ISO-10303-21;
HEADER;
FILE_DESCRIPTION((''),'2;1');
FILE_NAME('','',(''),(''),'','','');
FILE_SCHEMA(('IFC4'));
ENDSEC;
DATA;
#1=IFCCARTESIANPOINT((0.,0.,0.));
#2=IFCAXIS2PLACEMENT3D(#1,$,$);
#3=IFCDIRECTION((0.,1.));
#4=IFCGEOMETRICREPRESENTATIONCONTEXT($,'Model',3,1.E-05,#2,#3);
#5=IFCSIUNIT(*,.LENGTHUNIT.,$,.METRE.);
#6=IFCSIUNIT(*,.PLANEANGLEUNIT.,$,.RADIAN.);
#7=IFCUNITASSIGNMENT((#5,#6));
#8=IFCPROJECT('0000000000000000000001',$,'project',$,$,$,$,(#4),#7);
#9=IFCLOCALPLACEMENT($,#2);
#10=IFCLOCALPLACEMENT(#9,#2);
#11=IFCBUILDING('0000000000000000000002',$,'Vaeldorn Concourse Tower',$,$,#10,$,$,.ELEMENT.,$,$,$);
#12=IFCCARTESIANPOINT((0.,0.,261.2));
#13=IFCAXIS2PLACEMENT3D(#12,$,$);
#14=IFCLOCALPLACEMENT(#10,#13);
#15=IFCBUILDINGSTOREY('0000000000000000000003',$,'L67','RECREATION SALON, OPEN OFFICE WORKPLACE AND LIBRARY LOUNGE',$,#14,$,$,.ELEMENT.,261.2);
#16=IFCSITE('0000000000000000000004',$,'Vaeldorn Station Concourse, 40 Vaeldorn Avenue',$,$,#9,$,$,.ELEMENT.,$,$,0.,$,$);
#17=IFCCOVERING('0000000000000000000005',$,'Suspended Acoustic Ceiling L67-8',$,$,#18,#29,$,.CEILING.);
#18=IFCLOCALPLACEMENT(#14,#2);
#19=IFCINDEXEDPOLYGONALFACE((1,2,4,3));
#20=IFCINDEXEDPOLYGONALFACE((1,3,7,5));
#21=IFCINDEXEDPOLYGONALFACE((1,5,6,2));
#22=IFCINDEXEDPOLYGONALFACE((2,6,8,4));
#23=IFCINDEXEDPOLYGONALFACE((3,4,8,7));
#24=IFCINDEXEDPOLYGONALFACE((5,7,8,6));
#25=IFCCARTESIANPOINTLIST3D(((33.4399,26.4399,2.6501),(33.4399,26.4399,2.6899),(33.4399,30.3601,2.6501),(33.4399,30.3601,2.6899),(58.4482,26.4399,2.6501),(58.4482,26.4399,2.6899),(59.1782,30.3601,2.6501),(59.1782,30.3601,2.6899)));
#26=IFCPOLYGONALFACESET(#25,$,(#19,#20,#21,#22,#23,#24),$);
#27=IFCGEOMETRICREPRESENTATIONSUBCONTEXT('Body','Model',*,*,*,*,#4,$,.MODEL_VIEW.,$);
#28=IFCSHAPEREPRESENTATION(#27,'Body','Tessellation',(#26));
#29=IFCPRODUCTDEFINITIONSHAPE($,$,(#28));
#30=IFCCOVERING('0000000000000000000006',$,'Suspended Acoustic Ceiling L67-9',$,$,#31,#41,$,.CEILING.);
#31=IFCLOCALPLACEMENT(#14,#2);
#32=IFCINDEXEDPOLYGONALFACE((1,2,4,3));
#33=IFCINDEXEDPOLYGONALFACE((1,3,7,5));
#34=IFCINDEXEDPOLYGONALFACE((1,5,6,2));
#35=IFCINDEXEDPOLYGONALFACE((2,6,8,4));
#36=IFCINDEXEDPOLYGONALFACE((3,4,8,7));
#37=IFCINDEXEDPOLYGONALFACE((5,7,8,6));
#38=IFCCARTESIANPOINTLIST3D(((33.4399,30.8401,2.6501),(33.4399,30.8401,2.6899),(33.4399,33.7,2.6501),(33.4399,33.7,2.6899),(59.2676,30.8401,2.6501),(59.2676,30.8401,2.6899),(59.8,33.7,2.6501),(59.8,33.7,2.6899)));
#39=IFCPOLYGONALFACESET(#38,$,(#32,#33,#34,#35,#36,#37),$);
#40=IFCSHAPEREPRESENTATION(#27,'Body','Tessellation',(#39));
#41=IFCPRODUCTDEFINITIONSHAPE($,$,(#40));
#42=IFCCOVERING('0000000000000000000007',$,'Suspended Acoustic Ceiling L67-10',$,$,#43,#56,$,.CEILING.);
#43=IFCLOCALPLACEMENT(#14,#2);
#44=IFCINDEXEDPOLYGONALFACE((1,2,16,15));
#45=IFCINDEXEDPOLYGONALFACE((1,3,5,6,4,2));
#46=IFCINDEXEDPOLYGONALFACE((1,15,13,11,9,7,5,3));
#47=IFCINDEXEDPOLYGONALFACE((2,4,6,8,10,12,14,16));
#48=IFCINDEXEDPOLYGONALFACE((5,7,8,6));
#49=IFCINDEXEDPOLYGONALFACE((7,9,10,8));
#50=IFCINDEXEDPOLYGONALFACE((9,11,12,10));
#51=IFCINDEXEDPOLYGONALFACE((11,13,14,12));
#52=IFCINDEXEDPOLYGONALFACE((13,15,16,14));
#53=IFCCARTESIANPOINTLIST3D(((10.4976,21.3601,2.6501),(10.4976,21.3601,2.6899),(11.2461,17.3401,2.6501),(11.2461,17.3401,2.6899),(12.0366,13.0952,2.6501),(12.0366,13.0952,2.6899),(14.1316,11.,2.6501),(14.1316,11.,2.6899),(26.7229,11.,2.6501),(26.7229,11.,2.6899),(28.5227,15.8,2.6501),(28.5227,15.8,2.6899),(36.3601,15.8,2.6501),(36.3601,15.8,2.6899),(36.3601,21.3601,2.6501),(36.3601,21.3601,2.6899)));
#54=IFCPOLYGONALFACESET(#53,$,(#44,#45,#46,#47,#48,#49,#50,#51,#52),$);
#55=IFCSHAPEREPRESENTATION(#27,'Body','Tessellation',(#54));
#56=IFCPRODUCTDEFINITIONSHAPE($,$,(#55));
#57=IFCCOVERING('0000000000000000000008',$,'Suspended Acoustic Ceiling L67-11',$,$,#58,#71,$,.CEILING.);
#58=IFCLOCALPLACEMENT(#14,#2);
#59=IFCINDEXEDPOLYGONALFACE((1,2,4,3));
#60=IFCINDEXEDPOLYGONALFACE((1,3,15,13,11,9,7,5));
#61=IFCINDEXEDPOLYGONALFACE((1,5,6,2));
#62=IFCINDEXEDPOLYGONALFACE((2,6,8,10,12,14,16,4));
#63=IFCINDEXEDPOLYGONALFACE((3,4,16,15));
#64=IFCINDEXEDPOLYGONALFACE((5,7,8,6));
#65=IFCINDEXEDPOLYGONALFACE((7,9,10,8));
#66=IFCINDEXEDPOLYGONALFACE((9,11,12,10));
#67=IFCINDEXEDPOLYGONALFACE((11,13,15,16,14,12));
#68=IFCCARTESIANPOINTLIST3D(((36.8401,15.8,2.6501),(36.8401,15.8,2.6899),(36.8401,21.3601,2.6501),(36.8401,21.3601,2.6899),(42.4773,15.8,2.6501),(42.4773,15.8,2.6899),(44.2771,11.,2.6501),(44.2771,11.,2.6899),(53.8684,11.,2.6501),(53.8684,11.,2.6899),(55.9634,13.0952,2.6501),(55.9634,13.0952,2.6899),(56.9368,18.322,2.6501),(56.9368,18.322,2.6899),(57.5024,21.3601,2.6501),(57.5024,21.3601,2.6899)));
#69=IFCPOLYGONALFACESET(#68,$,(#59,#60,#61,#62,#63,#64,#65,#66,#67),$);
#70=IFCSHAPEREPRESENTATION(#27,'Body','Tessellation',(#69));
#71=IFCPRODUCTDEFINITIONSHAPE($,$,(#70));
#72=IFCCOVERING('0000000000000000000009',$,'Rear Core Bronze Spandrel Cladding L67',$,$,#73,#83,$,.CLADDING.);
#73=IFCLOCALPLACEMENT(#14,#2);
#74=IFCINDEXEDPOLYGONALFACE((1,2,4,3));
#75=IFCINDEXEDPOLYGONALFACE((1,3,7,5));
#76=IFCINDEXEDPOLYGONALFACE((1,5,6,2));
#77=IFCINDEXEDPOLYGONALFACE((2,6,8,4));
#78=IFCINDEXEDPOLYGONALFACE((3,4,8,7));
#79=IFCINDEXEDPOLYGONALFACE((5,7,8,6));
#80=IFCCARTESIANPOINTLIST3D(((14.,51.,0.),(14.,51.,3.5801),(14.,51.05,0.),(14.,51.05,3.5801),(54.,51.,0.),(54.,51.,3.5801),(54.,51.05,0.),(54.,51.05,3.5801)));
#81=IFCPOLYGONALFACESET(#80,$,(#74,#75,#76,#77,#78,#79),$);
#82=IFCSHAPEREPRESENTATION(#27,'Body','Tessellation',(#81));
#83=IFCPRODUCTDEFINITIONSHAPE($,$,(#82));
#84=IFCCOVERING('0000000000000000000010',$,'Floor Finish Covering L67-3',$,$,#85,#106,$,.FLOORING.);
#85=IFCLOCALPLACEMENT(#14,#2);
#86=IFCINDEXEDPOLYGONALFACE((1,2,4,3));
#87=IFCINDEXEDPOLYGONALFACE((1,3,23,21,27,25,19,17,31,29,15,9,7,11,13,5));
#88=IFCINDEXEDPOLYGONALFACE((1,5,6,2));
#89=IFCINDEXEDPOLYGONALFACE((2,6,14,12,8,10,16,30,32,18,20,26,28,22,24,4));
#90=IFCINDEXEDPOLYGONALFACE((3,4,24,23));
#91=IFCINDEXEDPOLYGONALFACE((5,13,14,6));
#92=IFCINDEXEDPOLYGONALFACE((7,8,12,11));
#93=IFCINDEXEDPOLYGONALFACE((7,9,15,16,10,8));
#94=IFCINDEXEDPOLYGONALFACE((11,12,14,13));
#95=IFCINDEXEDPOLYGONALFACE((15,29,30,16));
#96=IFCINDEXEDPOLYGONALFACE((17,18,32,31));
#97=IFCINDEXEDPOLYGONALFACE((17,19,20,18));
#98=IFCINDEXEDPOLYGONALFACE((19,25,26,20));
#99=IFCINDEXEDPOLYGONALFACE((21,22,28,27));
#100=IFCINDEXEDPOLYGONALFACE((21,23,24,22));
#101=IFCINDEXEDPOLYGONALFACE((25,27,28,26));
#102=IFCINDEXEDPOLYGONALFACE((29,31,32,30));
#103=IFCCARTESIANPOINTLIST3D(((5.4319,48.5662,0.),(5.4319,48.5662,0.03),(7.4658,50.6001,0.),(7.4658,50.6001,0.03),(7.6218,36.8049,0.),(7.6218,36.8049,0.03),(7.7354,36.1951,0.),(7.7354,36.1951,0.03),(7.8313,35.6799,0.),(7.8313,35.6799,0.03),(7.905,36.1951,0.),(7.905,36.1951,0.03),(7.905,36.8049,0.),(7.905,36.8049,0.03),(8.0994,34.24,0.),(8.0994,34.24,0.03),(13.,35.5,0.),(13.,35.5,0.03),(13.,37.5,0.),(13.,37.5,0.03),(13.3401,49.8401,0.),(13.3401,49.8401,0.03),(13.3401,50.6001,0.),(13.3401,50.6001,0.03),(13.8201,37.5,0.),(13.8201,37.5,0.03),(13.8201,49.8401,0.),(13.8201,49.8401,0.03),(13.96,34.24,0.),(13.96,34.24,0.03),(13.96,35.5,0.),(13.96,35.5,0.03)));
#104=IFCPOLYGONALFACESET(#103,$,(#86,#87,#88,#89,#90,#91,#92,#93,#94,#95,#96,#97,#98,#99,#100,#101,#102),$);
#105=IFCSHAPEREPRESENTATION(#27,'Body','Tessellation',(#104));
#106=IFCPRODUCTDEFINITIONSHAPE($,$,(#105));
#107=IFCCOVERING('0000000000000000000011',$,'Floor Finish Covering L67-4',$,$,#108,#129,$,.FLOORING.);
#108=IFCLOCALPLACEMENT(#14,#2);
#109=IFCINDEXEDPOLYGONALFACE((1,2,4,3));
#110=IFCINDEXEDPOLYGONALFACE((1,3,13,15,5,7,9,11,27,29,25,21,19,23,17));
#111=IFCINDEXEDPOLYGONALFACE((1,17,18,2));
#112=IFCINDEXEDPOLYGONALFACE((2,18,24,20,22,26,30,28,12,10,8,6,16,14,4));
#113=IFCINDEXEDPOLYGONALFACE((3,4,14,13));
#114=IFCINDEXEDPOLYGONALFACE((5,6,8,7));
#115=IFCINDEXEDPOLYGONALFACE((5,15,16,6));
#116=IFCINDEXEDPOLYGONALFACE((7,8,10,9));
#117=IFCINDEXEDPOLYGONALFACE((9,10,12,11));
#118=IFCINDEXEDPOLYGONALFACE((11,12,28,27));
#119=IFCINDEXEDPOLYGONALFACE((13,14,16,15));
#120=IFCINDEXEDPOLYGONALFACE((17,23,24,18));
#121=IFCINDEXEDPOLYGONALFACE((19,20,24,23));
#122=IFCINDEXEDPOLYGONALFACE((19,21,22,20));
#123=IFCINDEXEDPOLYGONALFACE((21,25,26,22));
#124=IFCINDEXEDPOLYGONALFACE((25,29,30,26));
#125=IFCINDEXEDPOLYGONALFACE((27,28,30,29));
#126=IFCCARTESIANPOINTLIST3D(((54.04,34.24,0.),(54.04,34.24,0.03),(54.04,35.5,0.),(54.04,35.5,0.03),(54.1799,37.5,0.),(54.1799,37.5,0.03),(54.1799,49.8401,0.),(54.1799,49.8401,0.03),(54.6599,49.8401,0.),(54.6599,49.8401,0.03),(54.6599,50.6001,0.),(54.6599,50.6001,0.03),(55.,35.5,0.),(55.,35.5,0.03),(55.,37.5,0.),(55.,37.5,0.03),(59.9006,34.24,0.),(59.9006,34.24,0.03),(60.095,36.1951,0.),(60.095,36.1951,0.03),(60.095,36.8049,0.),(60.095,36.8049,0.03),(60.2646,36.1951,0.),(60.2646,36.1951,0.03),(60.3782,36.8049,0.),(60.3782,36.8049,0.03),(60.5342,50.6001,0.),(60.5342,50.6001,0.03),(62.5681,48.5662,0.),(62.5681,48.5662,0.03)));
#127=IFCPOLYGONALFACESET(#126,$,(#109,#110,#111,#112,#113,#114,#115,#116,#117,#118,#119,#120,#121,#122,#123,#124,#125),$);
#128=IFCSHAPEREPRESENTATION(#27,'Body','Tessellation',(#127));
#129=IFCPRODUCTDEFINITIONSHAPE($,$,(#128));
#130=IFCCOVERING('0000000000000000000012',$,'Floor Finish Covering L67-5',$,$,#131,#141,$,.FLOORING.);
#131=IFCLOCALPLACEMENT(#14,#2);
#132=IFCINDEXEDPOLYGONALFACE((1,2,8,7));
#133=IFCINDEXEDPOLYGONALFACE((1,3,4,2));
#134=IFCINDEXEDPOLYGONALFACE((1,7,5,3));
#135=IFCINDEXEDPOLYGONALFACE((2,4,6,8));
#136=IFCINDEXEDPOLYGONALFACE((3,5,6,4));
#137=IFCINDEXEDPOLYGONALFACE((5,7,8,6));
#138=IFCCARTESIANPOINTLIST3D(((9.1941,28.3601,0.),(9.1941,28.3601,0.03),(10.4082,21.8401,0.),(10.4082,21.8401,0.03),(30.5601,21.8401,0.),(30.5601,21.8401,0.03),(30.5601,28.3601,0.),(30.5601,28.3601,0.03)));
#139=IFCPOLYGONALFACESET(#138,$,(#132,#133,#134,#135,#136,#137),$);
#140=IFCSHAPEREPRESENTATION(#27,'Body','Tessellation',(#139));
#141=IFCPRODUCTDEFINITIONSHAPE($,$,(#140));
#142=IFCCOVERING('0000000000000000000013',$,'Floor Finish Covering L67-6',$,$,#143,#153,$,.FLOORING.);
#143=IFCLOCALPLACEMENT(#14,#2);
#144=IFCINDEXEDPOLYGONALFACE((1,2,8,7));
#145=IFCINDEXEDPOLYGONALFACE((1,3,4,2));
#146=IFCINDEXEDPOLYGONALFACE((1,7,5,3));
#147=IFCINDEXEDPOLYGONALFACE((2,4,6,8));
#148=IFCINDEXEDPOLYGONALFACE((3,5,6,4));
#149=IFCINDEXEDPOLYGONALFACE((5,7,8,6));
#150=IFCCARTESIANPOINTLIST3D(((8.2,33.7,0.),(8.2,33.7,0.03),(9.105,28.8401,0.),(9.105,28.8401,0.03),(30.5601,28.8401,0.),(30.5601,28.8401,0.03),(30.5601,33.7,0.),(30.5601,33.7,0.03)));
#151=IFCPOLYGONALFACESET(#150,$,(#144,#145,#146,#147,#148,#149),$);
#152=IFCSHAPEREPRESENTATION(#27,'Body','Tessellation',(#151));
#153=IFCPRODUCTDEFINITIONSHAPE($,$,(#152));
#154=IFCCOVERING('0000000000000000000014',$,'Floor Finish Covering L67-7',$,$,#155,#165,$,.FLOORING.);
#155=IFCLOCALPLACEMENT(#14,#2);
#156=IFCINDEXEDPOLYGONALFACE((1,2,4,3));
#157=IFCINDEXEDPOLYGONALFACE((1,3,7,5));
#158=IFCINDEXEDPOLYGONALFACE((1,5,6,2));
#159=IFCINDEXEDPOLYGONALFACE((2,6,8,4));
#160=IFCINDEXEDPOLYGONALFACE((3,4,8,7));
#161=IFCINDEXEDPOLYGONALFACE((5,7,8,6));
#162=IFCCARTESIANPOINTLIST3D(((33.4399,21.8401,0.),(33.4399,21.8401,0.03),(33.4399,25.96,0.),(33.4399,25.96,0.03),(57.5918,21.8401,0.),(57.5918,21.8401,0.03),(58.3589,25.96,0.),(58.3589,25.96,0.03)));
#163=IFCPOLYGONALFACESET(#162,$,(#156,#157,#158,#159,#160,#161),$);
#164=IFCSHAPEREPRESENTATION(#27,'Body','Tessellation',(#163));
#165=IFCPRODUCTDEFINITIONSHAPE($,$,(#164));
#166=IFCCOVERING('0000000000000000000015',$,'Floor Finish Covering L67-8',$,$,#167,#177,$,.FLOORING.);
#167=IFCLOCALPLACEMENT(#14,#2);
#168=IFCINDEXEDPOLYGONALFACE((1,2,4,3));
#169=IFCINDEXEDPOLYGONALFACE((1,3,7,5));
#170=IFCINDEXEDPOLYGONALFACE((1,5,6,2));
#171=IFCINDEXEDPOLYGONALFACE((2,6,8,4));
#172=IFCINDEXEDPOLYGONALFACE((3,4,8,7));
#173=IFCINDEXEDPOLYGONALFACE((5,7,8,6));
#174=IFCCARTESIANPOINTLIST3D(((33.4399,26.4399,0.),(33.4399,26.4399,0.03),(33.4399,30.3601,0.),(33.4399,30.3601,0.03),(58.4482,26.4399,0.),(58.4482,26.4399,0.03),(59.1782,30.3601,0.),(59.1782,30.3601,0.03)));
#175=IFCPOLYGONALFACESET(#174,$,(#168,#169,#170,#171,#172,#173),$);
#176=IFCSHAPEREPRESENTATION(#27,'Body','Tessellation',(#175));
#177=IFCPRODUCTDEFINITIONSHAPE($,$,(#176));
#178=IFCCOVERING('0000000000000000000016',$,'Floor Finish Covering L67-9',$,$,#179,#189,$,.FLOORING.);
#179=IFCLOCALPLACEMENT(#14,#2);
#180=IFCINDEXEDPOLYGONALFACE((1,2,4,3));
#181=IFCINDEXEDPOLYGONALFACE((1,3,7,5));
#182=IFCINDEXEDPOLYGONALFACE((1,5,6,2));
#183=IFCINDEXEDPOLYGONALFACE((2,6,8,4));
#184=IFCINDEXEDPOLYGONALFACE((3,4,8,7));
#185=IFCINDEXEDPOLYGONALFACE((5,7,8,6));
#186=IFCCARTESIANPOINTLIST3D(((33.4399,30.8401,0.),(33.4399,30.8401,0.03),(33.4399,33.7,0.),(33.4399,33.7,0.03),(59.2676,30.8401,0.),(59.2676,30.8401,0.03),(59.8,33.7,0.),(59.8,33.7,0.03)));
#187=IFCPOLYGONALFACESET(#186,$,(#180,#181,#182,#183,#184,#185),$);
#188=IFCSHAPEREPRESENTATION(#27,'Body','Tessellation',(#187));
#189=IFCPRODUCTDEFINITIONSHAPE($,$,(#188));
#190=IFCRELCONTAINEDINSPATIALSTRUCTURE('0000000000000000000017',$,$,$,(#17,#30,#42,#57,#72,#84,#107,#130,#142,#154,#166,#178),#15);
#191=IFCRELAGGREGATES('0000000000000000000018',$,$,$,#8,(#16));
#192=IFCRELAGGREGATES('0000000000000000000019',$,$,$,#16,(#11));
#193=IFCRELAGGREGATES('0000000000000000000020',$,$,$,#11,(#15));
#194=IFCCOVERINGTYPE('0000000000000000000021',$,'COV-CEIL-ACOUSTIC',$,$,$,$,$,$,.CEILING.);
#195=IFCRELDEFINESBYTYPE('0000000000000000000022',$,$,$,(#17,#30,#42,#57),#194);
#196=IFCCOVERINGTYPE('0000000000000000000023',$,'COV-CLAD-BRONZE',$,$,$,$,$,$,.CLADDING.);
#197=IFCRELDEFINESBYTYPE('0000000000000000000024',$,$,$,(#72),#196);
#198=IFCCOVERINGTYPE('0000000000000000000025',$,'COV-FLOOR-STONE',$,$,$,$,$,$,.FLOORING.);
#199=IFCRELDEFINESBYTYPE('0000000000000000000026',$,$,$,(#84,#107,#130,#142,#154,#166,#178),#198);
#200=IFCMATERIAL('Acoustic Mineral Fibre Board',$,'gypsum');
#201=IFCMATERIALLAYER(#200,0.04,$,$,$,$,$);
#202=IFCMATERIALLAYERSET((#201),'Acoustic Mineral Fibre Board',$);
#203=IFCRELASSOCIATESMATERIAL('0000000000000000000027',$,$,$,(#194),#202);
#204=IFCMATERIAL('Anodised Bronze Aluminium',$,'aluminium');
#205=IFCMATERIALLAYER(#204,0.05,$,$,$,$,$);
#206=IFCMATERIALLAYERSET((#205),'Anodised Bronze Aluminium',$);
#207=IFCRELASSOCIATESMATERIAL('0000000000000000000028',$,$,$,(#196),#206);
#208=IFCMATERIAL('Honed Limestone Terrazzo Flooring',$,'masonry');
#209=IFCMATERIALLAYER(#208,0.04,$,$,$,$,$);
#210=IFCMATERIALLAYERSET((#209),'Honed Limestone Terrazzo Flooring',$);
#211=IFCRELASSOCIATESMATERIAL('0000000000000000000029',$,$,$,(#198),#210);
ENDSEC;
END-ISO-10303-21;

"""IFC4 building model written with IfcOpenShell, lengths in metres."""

from ifc_helpers import new_model, si_unit, direction, frame, origin, place, context, subcontext, project, spatial, polyline, outline, extrude, material, layer, layer_set, type_object, element, save


model = new_model("IFC4")

# Units and contexts
model_context = context("Model", 3, precision=1e-05, world=origin(), true_north=direction((0.0, 1.0)))
body_context = subcontext(model_context, "Body", "Model", "MODEL_VIEW")
ifc_project = project(units=[si_unit("LENGTHUNIT", "METRE"), si_unit("PLANEANGLEUNIT", "RADIAN")], contexts=[model_context])

# Site, building, storey
site_placement = place(None, origin())
site = spatial("IfcSite", under=ifc_project, at=site_placement, Name="Vaeldorn Station Concourse, 40 Vaeldorn Avenue", CompositionType="ELEMENT", RefElevation=0.0)
building_placement = place(site_placement, origin())
building = spatial("IfcBuilding", under=site, at=building_placement, Name="Vaeldorn Concourse Tower", CompositionType="ELEMENT")
storey_placement = place(building_placement, frame((0.0, 0.0, 261.2)))
storey = spatial("IfcBuildingStorey", under=building, at=storey_placement, Name="L67", Description="RECREATION SALON, OPEN OFFICE WORKPLACE AND LIBRARY LOUNGE", CompositionType="ELEMENT", Elevation=261.2)

# Coverings
ifc_material_1 = material(Name="Acoustic Mineral Fibre Board", Category="gypsum")
ifc_layer_1 = layer(ifc_material_1, 0.04)
ifc_layer_set_1 = layer_set([ifc_layer_1], Name="Acoustic Mineral Fibre Board")
covering_type_1 = type_object("IfcCoveringType", Name="COV-CEIL-ACOUSTIC", PredefinedType="CEILING", material=ifc_layer_set_1)
covering_1_placement = place(storey_placement, frame((0.0, 0.0, 2.6501)))
element("IfcCovering", 1, at=covering_1_placement, inside=storey, type_object=covering_type_1, Name="Suspended Acoustic Ceiling L67-8", PredefinedType="CEILING", context=body_context, shape_type="SweptSolid", body=[
    extrude(outline(polyline([(33.4399, 26.4399), (33.4399, 30.3601), (59.1782, 30.3601), (58.4482, 26.4399), (33.4399, 26.4399)])), origin(), (0.0, 0.0, 1.0), 0.0398),
])
covering_2_placement = place(storey_placement, frame((0.0, 0.0, 2.6501)))
element("IfcCovering", 2, at=covering_2_placement, inside=storey, type_object=covering_type_1, Name="Suspended Acoustic Ceiling L67-9", PredefinedType="CEILING", context=body_context, shape_type="SweptSolid", body=[
    extrude(outline(polyline([(33.4399, 30.8401), (33.4399, 33.7), (59.8, 33.7), (59.2676, 30.8401), (33.4399, 30.8401)])), origin(), (0.0, 0.0, 1.0), 0.0398),
])
covering_3_placement = place(storey_placement, frame((0.0, 0.0, 2.6501)))
element("IfcCovering", 3, at=covering_3_placement, inside=storey, type_object=covering_type_1, Name="Suspended Acoustic Ceiling L67-10", PredefinedType="CEILING", context=body_context, shape_type="SweptSolid", body=[
    extrude(outline(polyline([(36.3601, 21.3601), (36.3601, 15.8), (28.5227, 15.8), (26.7229, 11.0), (14.1316, 11.0), (12.0366, 13.0952), (11.2461, 17.3401), (11.2461, 17.3401), (10.4976, 21.3601), (36.3601, 21.3601)])), origin(), (0.0, 0.0, 1.0), 0.0398),
])
covering_4_placement = place(storey_placement, frame((0.0, 0.0, 2.6501)))
element("IfcCovering", 4, at=covering_4_placement, inside=storey, type_object=covering_type_1, Name="Suspended Acoustic Ceiling L67-11", PredefinedType="CEILING", context=body_context, shape_type="SweptSolid", body=[
    extrude(outline(polyline([(36.8401, 21.3601), (57.5024, 21.3601), (56.9368, 18.322), (55.9634, 13.0952), (53.8684, 11.0), (44.2771, 11.0), (42.4773, 15.8), (36.8401, 15.8), (36.8401, 21.3601)])), origin(), (0.0, 0.0, 1.0), 0.0398),
])
ifc_material_2 = material(Name="Anodised Bronze Aluminium", Category="aluminium")
ifc_layer_2 = layer(ifc_material_2, 0.05)
ifc_layer_set_2 = layer_set([ifc_layer_2], Name="Anodised Bronze Aluminium")
covering_type_2 = type_object("IfcCoveringType", Name="COV-CLAD-BRONZE", PredefinedType="CLADDING", material=ifc_layer_set_2)
covering_5_placement = place(storey_placement, origin())
element("IfcCovering", 5, at=covering_5_placement, inside=storey, type_object=covering_type_2, Name="Rear Core Bronze Spandrel Cladding L67", PredefinedType="CLADDING", context=body_context, shape_type="SweptSolid", body=[
    extrude(outline(polyline([(14.0, 51.0), (54.0, 51.0), (54.0, 51.05), (14.0, 51.05), (14.0, 51.0)])), origin(), (0.0, 0.0, 1.0), 3.5801),
])
ifc_material_3 = material(Name="Honed Limestone Terrazzo Flooring", Category="masonry")
ifc_layer_3 = layer(ifc_material_3, 0.04)
ifc_layer_set_3 = layer_set([ifc_layer_3], Name="Honed Limestone Terrazzo Flooring")
covering_type_3 = type_object("IfcCoveringType", Name="COV-FLOOR-STONE", PredefinedType="FLOORING", material=ifc_layer_set_3)
covering_6_placement = place(storey_placement, origin())
element("IfcCovering", 6, at=covering_6_placement, inside=storey, type_object=covering_type_3, Name="Floor Finish Covering L67-3", PredefinedType="FLOORING", context=body_context, shape_type="SweptSolid", body=[
    extrude(outline(polyline([(7.4658, 50.6001), (13.3401, 50.6001), (13.3401, 49.8401), (13.8201, 49.8401), (13.8201, 37.5), (13.0, 37.5), (13.0, 35.5), (13.96, 35.5), (13.96, 34.24), (8.0994, 34.24), (7.8313, 35.6799), (7.8313, 35.6799), (7.7354, 36.1951), (7.905, 36.1951), (7.905, 36.8049), (7.6218, 36.8049), (5.4319, 48.5662), (7.4658, 50.6001)])), origin(), (0.0, 0.0, 1.0), 0.03),
])
covering_7_placement = place(storey_placement, origin())
element("IfcCovering", 7, at=covering_7_placement, inside=storey, type_object=covering_type_3, Name="Floor Finish Covering L67-4", PredefinedType="FLOORING", context=body_context, shape_type="SweptSolid", body=[
    extrude(outline(polyline([(54.1799, 49.8401), (54.6599, 49.8401), (54.6599, 50.6001), (60.5342, 50.6001), (62.5681, 48.5662), (60.3782, 36.8049), (60.095, 36.8049), (60.095, 36.1951), (60.2646, 36.1951), (59.9006, 34.24), (54.04, 34.24), (54.04, 35.5), (55.0, 35.5), (55.0, 37.5), (54.1799, 37.5), (54.1799, 49.8401)])), origin(), (0.0, 0.0, 1.0), 0.03),
])
covering_8_placement = place(storey_placement, origin())
element("IfcCovering", 8, at=covering_8_placement, inside=storey, type_object=covering_type_3, Name="Floor Finish Covering L67-5", PredefinedType="FLOORING", context=body_context, shape_type="SweptSolid", body=[
    extrude(outline(polyline([(30.5601, 28.3601), (30.5601, 21.8401), (10.4082, 21.8401), (9.1941, 28.3601), (30.5601, 28.3601)])), origin(), (0.0, 0.0, 1.0), 0.03),
])
covering_9_placement = place(storey_placement, origin())
element("IfcCovering", 9, at=covering_9_placement, inside=storey, type_object=covering_type_3, Name="Floor Finish Covering L67-6", PredefinedType="FLOORING", context=body_context, shape_type="SweptSolid", body=[
    extrude(outline(polyline([(30.5601, 33.7), (30.5601, 28.8401), (9.105, 28.8401), (8.2, 33.7), (30.5601, 33.7)])), origin(), (0.0, 0.0, 1.0), 0.03),
])
covering_10_placement = place(storey_placement, origin())
element("IfcCovering", 10, at=covering_10_placement, inside=storey, type_object=covering_type_3, Name="Floor Finish Covering L67-7", PredefinedType="FLOORING", context=body_context, shape_type="SweptSolid", body=[
    extrude(outline(polyline([(33.4399, 21.8401), (33.4399, 25.96), (58.3589, 25.96), (57.5918, 21.8401), (33.4399, 21.8401)])), origin(), (0.0, 0.0, 1.0), 0.03),
])
covering_11_placement = place(storey_placement, origin())
element("IfcCovering", 11, at=covering_11_placement, inside=storey, type_object=covering_type_3, Name="Floor Finish Covering L67-8", PredefinedType="FLOORING", context=body_context, shape_type="SweptSolid", body=[
    extrude(outline(polyline([(33.4399, 26.4399), (33.4399, 30.3601), (59.1782, 30.3601), (58.4482, 26.4399), (33.4399, 26.4399)])), origin(), (0.0, 0.0, 1.0), 0.03),
])
covering_12_placement = place(storey_placement, origin())
element("IfcCovering", 12, at=covering_12_placement, inside=storey, type_object=covering_type_3, Name="Floor Finish Covering L67-9", PredefinedType="FLOORING", context=body_context, shape_type="SweptSolid", body=[
    extrude(outline(polyline([(33.4399, 30.8401), (33.4399, 33.7), (59.8, 33.7), (59.2676, 30.8401), (33.4399, 30.8401)])), origin(), (0.0, 0.0, 1.0), 0.03),
])

save(model, "model.ifc")
